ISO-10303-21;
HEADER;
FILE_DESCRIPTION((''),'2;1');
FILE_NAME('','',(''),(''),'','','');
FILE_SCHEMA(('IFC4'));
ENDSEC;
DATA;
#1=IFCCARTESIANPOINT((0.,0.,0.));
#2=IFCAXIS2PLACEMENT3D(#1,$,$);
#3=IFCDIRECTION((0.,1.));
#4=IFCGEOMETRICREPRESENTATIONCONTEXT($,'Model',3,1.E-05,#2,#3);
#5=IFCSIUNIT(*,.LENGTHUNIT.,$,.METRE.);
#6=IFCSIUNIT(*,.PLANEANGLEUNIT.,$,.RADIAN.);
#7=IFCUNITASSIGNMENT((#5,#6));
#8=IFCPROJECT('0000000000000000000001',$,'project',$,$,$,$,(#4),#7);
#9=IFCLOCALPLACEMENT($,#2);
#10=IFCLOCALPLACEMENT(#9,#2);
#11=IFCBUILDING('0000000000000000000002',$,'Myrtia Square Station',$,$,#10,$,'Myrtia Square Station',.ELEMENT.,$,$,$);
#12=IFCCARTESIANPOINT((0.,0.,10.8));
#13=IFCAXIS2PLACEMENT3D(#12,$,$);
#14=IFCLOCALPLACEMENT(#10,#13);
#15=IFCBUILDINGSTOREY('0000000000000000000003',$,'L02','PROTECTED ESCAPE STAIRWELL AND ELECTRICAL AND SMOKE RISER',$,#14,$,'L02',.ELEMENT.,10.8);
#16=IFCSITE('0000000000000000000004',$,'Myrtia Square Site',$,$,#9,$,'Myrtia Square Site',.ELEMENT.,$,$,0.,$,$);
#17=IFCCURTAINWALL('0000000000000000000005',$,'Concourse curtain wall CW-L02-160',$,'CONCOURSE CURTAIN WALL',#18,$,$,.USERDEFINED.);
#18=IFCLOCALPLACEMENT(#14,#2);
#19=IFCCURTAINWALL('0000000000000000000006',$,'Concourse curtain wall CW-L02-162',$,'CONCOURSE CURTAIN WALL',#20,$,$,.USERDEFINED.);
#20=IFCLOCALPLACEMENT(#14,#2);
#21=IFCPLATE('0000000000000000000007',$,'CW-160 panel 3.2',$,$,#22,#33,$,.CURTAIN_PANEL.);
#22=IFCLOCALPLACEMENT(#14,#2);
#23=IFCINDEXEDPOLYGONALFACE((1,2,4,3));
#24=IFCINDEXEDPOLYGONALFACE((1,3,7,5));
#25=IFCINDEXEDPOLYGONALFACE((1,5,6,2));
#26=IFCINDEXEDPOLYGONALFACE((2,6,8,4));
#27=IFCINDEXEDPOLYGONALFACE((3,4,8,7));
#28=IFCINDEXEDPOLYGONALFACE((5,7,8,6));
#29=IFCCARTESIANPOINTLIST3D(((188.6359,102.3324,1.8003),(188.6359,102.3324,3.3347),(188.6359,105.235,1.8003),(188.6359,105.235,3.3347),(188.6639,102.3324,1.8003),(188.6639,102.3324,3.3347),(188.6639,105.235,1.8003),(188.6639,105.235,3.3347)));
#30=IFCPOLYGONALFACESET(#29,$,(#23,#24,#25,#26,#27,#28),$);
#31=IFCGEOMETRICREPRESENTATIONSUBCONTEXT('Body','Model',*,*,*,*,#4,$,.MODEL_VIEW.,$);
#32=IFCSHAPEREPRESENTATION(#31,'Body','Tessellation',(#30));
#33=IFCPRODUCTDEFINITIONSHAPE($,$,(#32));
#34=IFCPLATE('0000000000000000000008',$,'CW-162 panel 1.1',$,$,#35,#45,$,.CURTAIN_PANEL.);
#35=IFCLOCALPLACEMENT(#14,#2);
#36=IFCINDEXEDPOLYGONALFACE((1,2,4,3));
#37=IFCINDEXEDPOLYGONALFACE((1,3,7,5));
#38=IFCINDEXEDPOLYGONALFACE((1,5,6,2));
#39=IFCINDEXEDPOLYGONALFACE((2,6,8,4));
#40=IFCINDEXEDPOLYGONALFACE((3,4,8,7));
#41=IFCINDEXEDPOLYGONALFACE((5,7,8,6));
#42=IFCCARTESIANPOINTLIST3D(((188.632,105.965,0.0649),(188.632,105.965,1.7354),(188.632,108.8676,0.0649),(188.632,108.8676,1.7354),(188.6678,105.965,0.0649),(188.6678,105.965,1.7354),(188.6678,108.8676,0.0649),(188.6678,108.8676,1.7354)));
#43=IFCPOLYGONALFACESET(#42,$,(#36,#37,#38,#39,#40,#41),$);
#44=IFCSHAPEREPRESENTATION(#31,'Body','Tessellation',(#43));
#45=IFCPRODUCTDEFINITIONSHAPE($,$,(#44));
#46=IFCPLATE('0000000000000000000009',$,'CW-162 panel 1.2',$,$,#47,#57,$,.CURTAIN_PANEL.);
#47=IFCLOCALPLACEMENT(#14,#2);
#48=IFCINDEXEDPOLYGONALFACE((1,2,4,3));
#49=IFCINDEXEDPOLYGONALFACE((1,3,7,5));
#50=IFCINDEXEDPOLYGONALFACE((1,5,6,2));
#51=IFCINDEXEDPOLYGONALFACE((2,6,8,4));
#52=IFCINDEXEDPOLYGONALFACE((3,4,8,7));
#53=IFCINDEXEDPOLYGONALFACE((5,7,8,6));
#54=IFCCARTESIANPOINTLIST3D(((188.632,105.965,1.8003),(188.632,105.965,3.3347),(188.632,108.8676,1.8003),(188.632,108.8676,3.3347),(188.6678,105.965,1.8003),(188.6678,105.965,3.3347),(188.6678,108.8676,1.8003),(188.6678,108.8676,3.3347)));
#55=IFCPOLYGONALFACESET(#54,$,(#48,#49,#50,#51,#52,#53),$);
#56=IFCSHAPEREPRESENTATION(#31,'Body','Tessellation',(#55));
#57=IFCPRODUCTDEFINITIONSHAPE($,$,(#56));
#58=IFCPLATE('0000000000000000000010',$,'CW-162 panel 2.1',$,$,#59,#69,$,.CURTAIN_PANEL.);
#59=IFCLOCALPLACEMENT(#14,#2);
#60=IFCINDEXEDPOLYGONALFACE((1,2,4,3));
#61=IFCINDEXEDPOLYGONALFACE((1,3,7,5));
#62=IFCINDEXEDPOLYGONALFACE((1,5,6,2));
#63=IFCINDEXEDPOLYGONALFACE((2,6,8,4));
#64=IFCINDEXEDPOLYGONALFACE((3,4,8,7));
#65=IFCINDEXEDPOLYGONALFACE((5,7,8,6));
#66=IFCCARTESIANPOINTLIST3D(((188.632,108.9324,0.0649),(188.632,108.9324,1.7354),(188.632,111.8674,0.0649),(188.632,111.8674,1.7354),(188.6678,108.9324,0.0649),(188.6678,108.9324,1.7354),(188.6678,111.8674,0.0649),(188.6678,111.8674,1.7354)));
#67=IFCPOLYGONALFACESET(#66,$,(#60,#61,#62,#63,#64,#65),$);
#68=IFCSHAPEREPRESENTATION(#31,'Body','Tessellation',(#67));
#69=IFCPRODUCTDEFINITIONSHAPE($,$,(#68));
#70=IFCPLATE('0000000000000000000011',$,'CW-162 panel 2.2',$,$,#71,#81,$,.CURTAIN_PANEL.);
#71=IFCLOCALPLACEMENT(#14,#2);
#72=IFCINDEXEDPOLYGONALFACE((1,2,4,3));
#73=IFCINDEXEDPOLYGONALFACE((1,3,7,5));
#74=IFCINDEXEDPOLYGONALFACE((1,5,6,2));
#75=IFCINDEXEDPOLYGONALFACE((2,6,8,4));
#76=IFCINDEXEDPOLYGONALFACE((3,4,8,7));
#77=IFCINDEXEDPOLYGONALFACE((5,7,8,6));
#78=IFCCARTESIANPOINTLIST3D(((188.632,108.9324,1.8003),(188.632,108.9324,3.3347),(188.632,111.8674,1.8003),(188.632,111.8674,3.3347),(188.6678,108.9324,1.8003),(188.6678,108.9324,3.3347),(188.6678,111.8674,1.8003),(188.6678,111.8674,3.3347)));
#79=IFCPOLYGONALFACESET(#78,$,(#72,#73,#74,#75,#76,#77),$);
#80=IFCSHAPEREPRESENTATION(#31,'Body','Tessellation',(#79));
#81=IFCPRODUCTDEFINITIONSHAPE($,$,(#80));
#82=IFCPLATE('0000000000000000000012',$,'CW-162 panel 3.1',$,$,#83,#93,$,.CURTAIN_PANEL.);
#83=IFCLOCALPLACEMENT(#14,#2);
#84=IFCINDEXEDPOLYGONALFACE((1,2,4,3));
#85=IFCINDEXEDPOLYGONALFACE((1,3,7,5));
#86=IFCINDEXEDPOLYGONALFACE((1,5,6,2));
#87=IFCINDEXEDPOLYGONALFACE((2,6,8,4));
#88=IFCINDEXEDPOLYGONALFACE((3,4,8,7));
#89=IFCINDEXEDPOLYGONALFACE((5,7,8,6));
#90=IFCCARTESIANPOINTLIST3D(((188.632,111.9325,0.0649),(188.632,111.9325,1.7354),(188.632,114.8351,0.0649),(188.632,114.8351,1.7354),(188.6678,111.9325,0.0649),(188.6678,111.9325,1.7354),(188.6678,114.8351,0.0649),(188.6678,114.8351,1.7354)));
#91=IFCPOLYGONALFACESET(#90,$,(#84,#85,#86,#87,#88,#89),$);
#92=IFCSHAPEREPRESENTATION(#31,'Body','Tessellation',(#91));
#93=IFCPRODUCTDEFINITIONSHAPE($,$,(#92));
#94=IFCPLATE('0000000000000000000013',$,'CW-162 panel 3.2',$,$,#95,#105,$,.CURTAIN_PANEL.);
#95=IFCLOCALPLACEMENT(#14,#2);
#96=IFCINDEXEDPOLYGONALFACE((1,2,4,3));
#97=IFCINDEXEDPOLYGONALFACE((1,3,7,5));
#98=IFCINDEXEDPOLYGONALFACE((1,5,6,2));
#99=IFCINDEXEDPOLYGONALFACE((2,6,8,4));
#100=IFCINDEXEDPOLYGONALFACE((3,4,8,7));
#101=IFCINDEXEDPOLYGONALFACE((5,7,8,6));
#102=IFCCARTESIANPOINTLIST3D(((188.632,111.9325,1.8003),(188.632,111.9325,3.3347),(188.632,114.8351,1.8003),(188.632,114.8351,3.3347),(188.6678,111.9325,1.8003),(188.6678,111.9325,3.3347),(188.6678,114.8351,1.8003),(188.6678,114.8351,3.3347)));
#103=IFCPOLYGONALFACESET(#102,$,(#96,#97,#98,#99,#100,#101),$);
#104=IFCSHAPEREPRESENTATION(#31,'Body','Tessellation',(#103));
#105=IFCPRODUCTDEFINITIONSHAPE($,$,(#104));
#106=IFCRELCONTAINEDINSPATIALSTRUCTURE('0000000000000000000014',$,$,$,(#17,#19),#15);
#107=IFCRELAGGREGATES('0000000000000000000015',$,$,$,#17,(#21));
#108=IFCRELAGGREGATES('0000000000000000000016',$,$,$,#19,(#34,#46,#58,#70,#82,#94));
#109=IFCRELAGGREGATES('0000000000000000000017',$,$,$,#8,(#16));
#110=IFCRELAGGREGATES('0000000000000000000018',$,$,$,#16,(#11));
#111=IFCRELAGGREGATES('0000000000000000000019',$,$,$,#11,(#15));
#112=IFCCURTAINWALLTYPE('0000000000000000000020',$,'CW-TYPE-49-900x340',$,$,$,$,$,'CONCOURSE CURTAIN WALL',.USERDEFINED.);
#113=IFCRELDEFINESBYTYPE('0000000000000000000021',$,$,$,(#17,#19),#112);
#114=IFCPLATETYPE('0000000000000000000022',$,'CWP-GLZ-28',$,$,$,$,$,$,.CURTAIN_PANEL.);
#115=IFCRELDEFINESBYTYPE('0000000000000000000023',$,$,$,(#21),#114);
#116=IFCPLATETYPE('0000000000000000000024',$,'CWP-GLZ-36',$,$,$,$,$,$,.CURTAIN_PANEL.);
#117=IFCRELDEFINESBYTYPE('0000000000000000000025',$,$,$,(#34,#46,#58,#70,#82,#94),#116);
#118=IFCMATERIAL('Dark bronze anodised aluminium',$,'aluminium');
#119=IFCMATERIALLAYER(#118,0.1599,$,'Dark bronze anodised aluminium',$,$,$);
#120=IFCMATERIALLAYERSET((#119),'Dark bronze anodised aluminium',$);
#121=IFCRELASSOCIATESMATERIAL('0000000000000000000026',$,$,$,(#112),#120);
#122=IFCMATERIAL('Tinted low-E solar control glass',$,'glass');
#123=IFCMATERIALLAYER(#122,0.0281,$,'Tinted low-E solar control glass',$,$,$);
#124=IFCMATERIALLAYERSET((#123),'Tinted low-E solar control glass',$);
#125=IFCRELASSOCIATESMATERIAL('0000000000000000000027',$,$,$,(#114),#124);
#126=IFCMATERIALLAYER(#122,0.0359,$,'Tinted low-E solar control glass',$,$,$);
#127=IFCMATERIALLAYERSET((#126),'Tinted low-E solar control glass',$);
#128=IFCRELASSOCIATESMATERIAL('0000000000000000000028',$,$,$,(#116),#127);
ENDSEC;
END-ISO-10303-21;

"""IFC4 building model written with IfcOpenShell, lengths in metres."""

from ifc_helpers import new_model, si_unit, direction, frame, origin, origin_2d, place, context, subcontext, project, spatial, rectangle, extrude, material, layer, layer_set, type_object, element, aggregate, save


model = new_model("IFC4")

# Units and contexts
model_context = context("Model", 3, precision=1e-05, world=origin(), true_north=direction((0.0, 1.0)))
body_context = subcontext(model_context, "Body", "Model", "MODEL_VIEW")
ifc_project = project(units=[si_unit("LENGTHUNIT", "METRE"), si_unit("PLANEANGLEUNIT", "RADIAN")], contexts=[model_context])

# Site, building, storey
site_placement = place(None, origin())
site = spatial("IfcSite", under=ifc_project, at=site_placement, Name="Myrtia Square Site", LongName="Myrtia Square Site", CompositionType="ELEMENT", RefElevation=0.0)
building_placement = place(site_placement, origin())
building = spatial("IfcBuilding", under=site, at=building_placement, Name="Myrtia Square Station", LongName="Myrtia Square Station", CompositionType="ELEMENT")
storey_placement = place(building_placement, frame((0.0, 0.0, 10.8)))
storey = spatial("IfcBuildingStorey", under=building, at=storey_placement, Name="L02", Description="PROTECTED ESCAPE STAIRWELL AND ELECTRICAL AND SMOKE RISER", LongName="L02", CompositionType="ELEMENT", Elevation=10.8)

# Curtain wall
ifc_material_1 = material(Name="Dark bronze anodised aluminium", Category="aluminium")
ifc_layer_1 = layer(ifc_material_1, 0.1599, Name="Dark bronze anodised aluminium")
ifc_layer_set_1 = layer_set([ifc_layer_1], Name="Dark bronze anodised aluminium")
curtain_wall_type = type_object("IfcCurtainWallType", Name="CW-TYPE-49-900x340", ElementType="CONCOURSE CURTAIN WALL", PredefinedType="USERDEFINED", material=ifc_layer_set_1)
curtain_wall_1_placement = place(storey_placement, origin())
curtain_wall_1 = element("IfcCurtainWall", 1, at=curtain_wall_1_placement, inside=storey, type_object=curtain_wall_type, Name="Concourse curtain wall CW-L02-160", ObjectType="CONCOURSE CURTAIN WALL", PredefinedType="USERDEFINED")

# Curtain wall
curtain_wall_2_placement = place(storey_placement, origin())
curtain_wall_2 = element("IfcCurtainWall", 2, at=curtain_wall_2_placement, inside=storey, type_object=curtain_wall_type, Name="Concourse curtain wall CW-L02-162", ObjectType="CONCOURSE CURTAIN WALL", PredefinedType="USERDEFINED")

# Plates
ifc_material_2 = material(Name="Tinted low-E solar control glass", Category="glass")
ifc_layer_2 = layer(ifc_material_2, 0.0281, Name="Tinted low-E solar control glass")
ifc_layer_set_2 = layer_set([ifc_layer_2], Name="Tinted low-E solar control glass")
plate_type_1 = type_object("IfcPlateType", Name="CWP-GLZ-28", PredefinedType="CURTAIN_PANEL", material=ifc_layer_set_2)
plate_1_placement = place(storey_placement, frame((188.6499, 103.7837, 1.8003), z_axis=(0.0, 0.0, 1.0), x_axis=(0.0, 1.0, 0.0)))
plate_1 = element("IfcPlate", 3, at=plate_1_placement, type_object=plate_type_1, Name="CW-160 panel 3.2", PredefinedType="CURTAIN_PANEL", context=body_context, shape_type="SweptSolid", body=[
    extrude(rectangle(XDim=2.9026, YDim=0.0281, at=origin_2d()), origin(), (0.0, 0.0, 1.0), 1.5344),
])
aggregate(curtain_wall_1, [plate_1])
ifc_layer_3 = layer(ifc_material_2, 0.0359, Name="Tinted low-E solar control glass")
ifc_layer_set_3 = layer_set([ifc_layer_3], Name="Tinted low-E solar control glass")
plate_type_2 = type_object("IfcPlateType", Name="CWP-GLZ-36", PredefinedType="CURTAIN_PANEL", material=ifc_layer_set_3)
plate_2_placement = place(storey_placement, frame((188.6499, 107.4163, 0.0649), z_axis=(0.0, 0.0, 1.0), x_axis=(0.0, 1.0, 0.0)))
plate_2 = element("IfcPlate", 4, at=plate_2_placement, type_object=plate_type_2, Name="CW-162 panel 1.1", PredefinedType="CURTAIN_PANEL", context=body_context, shape_type="SweptSolid", body=[
    extrude(rectangle(XDim=2.9026, YDim=0.0359, at=origin_2d()), origin(), (0.0, 0.0, 1.0), 1.6704),
])
plate_3_placement = place(storey_placement, frame((188.6499, 107.4163, 1.8003), z_axis=(0.0, 0.0, 1.0), x_axis=(0.0, 1.0, 0.0)))
plate_3 = element("IfcPlate", 5, at=plate_3_placement, type_object=plate_type_2, Name="CW-162 panel 1.2", PredefinedType="CURTAIN_PANEL", context=body_context, shape_type="SweptSolid", body=[
    extrude(rectangle(XDim=2.9026, YDim=0.0359, at=origin_2d()), origin(), (0.0, 0.0, 1.0), 1.5344),
])
plate_4_placement = place(storey_placement, frame((188.6499, 110.3999, 0.0649), z_axis=(0.0, 0.0, 1.0), x_axis=(0.0, 1.0, 0.0)))
plate_4 = element("IfcPlate", 6, at=plate_4_placement, type_object=plate_type_2, Name="CW-162 panel 2.1", PredefinedType="CURTAIN_PANEL", context=body_context, shape_type="SweptSolid", body=[
    extrude(rectangle(XDim=2.9351, YDim=0.0359, at=origin_2d()), origin(), (0.0, 0.0, 1.0), 1.6704),
])
plate_5_placement = place(storey_placement, frame((188.6499, 110.3999, 1.8003), z_axis=(0.0, 0.0, 1.0), x_axis=(0.0, 1.0, 0.0)))
plate_5 = element("IfcPlate", 7, at=plate_5_placement, type_object=plate_type_2, Name="CW-162 panel 2.2", PredefinedType="CURTAIN_PANEL", context=body_context, shape_type="SweptSolid", body=[
    extrude(rectangle(XDim=2.9351, YDim=0.0359, at=origin_2d()), origin(), (0.0, 0.0, 1.0), 1.5344),
])
plate_6_placement = place(storey_placement, frame((188.6499, 113.3838, 0.0649), z_axis=(0.0, 0.0, 1.0), x_axis=(0.0, 1.0, 0.0)))
plate_6 = element("IfcPlate", 8, at=plate_6_placement, type_object=plate_type_2, Name="CW-162 panel 3.1", PredefinedType="CURTAIN_PANEL", context=body_context, shape_type="SweptSolid", body=[
    extrude(rectangle(XDim=2.9026, YDim=0.0359, at=origin_2d()), origin(), (0.0, 0.0, 1.0), 1.6704),
])
plate_7_placement = place(storey_placement, frame((188.6499, 113.3838, 1.8003), z_axis=(0.0, 0.0, 1.0), x_axis=(0.0, 1.0, 0.0)))
plate_7 = element("IfcPlate", 9, at=plate_7_placement, type_object=plate_type_2, Name="CW-162 panel 3.2", PredefinedType="CURTAIN_PANEL", context=body_context, shape_type="SweptSolid", body=[
    extrude(rectangle(XDim=2.9026, YDim=0.0359, at=origin_2d()), origin(), (0.0, 0.0, 1.0), 1.5344),
])
aggregate(curtain_wall_2, [plate_2, plate_3, plate_4, plate_5, plate_6, plate_7])

save(model, "model.ifc")
